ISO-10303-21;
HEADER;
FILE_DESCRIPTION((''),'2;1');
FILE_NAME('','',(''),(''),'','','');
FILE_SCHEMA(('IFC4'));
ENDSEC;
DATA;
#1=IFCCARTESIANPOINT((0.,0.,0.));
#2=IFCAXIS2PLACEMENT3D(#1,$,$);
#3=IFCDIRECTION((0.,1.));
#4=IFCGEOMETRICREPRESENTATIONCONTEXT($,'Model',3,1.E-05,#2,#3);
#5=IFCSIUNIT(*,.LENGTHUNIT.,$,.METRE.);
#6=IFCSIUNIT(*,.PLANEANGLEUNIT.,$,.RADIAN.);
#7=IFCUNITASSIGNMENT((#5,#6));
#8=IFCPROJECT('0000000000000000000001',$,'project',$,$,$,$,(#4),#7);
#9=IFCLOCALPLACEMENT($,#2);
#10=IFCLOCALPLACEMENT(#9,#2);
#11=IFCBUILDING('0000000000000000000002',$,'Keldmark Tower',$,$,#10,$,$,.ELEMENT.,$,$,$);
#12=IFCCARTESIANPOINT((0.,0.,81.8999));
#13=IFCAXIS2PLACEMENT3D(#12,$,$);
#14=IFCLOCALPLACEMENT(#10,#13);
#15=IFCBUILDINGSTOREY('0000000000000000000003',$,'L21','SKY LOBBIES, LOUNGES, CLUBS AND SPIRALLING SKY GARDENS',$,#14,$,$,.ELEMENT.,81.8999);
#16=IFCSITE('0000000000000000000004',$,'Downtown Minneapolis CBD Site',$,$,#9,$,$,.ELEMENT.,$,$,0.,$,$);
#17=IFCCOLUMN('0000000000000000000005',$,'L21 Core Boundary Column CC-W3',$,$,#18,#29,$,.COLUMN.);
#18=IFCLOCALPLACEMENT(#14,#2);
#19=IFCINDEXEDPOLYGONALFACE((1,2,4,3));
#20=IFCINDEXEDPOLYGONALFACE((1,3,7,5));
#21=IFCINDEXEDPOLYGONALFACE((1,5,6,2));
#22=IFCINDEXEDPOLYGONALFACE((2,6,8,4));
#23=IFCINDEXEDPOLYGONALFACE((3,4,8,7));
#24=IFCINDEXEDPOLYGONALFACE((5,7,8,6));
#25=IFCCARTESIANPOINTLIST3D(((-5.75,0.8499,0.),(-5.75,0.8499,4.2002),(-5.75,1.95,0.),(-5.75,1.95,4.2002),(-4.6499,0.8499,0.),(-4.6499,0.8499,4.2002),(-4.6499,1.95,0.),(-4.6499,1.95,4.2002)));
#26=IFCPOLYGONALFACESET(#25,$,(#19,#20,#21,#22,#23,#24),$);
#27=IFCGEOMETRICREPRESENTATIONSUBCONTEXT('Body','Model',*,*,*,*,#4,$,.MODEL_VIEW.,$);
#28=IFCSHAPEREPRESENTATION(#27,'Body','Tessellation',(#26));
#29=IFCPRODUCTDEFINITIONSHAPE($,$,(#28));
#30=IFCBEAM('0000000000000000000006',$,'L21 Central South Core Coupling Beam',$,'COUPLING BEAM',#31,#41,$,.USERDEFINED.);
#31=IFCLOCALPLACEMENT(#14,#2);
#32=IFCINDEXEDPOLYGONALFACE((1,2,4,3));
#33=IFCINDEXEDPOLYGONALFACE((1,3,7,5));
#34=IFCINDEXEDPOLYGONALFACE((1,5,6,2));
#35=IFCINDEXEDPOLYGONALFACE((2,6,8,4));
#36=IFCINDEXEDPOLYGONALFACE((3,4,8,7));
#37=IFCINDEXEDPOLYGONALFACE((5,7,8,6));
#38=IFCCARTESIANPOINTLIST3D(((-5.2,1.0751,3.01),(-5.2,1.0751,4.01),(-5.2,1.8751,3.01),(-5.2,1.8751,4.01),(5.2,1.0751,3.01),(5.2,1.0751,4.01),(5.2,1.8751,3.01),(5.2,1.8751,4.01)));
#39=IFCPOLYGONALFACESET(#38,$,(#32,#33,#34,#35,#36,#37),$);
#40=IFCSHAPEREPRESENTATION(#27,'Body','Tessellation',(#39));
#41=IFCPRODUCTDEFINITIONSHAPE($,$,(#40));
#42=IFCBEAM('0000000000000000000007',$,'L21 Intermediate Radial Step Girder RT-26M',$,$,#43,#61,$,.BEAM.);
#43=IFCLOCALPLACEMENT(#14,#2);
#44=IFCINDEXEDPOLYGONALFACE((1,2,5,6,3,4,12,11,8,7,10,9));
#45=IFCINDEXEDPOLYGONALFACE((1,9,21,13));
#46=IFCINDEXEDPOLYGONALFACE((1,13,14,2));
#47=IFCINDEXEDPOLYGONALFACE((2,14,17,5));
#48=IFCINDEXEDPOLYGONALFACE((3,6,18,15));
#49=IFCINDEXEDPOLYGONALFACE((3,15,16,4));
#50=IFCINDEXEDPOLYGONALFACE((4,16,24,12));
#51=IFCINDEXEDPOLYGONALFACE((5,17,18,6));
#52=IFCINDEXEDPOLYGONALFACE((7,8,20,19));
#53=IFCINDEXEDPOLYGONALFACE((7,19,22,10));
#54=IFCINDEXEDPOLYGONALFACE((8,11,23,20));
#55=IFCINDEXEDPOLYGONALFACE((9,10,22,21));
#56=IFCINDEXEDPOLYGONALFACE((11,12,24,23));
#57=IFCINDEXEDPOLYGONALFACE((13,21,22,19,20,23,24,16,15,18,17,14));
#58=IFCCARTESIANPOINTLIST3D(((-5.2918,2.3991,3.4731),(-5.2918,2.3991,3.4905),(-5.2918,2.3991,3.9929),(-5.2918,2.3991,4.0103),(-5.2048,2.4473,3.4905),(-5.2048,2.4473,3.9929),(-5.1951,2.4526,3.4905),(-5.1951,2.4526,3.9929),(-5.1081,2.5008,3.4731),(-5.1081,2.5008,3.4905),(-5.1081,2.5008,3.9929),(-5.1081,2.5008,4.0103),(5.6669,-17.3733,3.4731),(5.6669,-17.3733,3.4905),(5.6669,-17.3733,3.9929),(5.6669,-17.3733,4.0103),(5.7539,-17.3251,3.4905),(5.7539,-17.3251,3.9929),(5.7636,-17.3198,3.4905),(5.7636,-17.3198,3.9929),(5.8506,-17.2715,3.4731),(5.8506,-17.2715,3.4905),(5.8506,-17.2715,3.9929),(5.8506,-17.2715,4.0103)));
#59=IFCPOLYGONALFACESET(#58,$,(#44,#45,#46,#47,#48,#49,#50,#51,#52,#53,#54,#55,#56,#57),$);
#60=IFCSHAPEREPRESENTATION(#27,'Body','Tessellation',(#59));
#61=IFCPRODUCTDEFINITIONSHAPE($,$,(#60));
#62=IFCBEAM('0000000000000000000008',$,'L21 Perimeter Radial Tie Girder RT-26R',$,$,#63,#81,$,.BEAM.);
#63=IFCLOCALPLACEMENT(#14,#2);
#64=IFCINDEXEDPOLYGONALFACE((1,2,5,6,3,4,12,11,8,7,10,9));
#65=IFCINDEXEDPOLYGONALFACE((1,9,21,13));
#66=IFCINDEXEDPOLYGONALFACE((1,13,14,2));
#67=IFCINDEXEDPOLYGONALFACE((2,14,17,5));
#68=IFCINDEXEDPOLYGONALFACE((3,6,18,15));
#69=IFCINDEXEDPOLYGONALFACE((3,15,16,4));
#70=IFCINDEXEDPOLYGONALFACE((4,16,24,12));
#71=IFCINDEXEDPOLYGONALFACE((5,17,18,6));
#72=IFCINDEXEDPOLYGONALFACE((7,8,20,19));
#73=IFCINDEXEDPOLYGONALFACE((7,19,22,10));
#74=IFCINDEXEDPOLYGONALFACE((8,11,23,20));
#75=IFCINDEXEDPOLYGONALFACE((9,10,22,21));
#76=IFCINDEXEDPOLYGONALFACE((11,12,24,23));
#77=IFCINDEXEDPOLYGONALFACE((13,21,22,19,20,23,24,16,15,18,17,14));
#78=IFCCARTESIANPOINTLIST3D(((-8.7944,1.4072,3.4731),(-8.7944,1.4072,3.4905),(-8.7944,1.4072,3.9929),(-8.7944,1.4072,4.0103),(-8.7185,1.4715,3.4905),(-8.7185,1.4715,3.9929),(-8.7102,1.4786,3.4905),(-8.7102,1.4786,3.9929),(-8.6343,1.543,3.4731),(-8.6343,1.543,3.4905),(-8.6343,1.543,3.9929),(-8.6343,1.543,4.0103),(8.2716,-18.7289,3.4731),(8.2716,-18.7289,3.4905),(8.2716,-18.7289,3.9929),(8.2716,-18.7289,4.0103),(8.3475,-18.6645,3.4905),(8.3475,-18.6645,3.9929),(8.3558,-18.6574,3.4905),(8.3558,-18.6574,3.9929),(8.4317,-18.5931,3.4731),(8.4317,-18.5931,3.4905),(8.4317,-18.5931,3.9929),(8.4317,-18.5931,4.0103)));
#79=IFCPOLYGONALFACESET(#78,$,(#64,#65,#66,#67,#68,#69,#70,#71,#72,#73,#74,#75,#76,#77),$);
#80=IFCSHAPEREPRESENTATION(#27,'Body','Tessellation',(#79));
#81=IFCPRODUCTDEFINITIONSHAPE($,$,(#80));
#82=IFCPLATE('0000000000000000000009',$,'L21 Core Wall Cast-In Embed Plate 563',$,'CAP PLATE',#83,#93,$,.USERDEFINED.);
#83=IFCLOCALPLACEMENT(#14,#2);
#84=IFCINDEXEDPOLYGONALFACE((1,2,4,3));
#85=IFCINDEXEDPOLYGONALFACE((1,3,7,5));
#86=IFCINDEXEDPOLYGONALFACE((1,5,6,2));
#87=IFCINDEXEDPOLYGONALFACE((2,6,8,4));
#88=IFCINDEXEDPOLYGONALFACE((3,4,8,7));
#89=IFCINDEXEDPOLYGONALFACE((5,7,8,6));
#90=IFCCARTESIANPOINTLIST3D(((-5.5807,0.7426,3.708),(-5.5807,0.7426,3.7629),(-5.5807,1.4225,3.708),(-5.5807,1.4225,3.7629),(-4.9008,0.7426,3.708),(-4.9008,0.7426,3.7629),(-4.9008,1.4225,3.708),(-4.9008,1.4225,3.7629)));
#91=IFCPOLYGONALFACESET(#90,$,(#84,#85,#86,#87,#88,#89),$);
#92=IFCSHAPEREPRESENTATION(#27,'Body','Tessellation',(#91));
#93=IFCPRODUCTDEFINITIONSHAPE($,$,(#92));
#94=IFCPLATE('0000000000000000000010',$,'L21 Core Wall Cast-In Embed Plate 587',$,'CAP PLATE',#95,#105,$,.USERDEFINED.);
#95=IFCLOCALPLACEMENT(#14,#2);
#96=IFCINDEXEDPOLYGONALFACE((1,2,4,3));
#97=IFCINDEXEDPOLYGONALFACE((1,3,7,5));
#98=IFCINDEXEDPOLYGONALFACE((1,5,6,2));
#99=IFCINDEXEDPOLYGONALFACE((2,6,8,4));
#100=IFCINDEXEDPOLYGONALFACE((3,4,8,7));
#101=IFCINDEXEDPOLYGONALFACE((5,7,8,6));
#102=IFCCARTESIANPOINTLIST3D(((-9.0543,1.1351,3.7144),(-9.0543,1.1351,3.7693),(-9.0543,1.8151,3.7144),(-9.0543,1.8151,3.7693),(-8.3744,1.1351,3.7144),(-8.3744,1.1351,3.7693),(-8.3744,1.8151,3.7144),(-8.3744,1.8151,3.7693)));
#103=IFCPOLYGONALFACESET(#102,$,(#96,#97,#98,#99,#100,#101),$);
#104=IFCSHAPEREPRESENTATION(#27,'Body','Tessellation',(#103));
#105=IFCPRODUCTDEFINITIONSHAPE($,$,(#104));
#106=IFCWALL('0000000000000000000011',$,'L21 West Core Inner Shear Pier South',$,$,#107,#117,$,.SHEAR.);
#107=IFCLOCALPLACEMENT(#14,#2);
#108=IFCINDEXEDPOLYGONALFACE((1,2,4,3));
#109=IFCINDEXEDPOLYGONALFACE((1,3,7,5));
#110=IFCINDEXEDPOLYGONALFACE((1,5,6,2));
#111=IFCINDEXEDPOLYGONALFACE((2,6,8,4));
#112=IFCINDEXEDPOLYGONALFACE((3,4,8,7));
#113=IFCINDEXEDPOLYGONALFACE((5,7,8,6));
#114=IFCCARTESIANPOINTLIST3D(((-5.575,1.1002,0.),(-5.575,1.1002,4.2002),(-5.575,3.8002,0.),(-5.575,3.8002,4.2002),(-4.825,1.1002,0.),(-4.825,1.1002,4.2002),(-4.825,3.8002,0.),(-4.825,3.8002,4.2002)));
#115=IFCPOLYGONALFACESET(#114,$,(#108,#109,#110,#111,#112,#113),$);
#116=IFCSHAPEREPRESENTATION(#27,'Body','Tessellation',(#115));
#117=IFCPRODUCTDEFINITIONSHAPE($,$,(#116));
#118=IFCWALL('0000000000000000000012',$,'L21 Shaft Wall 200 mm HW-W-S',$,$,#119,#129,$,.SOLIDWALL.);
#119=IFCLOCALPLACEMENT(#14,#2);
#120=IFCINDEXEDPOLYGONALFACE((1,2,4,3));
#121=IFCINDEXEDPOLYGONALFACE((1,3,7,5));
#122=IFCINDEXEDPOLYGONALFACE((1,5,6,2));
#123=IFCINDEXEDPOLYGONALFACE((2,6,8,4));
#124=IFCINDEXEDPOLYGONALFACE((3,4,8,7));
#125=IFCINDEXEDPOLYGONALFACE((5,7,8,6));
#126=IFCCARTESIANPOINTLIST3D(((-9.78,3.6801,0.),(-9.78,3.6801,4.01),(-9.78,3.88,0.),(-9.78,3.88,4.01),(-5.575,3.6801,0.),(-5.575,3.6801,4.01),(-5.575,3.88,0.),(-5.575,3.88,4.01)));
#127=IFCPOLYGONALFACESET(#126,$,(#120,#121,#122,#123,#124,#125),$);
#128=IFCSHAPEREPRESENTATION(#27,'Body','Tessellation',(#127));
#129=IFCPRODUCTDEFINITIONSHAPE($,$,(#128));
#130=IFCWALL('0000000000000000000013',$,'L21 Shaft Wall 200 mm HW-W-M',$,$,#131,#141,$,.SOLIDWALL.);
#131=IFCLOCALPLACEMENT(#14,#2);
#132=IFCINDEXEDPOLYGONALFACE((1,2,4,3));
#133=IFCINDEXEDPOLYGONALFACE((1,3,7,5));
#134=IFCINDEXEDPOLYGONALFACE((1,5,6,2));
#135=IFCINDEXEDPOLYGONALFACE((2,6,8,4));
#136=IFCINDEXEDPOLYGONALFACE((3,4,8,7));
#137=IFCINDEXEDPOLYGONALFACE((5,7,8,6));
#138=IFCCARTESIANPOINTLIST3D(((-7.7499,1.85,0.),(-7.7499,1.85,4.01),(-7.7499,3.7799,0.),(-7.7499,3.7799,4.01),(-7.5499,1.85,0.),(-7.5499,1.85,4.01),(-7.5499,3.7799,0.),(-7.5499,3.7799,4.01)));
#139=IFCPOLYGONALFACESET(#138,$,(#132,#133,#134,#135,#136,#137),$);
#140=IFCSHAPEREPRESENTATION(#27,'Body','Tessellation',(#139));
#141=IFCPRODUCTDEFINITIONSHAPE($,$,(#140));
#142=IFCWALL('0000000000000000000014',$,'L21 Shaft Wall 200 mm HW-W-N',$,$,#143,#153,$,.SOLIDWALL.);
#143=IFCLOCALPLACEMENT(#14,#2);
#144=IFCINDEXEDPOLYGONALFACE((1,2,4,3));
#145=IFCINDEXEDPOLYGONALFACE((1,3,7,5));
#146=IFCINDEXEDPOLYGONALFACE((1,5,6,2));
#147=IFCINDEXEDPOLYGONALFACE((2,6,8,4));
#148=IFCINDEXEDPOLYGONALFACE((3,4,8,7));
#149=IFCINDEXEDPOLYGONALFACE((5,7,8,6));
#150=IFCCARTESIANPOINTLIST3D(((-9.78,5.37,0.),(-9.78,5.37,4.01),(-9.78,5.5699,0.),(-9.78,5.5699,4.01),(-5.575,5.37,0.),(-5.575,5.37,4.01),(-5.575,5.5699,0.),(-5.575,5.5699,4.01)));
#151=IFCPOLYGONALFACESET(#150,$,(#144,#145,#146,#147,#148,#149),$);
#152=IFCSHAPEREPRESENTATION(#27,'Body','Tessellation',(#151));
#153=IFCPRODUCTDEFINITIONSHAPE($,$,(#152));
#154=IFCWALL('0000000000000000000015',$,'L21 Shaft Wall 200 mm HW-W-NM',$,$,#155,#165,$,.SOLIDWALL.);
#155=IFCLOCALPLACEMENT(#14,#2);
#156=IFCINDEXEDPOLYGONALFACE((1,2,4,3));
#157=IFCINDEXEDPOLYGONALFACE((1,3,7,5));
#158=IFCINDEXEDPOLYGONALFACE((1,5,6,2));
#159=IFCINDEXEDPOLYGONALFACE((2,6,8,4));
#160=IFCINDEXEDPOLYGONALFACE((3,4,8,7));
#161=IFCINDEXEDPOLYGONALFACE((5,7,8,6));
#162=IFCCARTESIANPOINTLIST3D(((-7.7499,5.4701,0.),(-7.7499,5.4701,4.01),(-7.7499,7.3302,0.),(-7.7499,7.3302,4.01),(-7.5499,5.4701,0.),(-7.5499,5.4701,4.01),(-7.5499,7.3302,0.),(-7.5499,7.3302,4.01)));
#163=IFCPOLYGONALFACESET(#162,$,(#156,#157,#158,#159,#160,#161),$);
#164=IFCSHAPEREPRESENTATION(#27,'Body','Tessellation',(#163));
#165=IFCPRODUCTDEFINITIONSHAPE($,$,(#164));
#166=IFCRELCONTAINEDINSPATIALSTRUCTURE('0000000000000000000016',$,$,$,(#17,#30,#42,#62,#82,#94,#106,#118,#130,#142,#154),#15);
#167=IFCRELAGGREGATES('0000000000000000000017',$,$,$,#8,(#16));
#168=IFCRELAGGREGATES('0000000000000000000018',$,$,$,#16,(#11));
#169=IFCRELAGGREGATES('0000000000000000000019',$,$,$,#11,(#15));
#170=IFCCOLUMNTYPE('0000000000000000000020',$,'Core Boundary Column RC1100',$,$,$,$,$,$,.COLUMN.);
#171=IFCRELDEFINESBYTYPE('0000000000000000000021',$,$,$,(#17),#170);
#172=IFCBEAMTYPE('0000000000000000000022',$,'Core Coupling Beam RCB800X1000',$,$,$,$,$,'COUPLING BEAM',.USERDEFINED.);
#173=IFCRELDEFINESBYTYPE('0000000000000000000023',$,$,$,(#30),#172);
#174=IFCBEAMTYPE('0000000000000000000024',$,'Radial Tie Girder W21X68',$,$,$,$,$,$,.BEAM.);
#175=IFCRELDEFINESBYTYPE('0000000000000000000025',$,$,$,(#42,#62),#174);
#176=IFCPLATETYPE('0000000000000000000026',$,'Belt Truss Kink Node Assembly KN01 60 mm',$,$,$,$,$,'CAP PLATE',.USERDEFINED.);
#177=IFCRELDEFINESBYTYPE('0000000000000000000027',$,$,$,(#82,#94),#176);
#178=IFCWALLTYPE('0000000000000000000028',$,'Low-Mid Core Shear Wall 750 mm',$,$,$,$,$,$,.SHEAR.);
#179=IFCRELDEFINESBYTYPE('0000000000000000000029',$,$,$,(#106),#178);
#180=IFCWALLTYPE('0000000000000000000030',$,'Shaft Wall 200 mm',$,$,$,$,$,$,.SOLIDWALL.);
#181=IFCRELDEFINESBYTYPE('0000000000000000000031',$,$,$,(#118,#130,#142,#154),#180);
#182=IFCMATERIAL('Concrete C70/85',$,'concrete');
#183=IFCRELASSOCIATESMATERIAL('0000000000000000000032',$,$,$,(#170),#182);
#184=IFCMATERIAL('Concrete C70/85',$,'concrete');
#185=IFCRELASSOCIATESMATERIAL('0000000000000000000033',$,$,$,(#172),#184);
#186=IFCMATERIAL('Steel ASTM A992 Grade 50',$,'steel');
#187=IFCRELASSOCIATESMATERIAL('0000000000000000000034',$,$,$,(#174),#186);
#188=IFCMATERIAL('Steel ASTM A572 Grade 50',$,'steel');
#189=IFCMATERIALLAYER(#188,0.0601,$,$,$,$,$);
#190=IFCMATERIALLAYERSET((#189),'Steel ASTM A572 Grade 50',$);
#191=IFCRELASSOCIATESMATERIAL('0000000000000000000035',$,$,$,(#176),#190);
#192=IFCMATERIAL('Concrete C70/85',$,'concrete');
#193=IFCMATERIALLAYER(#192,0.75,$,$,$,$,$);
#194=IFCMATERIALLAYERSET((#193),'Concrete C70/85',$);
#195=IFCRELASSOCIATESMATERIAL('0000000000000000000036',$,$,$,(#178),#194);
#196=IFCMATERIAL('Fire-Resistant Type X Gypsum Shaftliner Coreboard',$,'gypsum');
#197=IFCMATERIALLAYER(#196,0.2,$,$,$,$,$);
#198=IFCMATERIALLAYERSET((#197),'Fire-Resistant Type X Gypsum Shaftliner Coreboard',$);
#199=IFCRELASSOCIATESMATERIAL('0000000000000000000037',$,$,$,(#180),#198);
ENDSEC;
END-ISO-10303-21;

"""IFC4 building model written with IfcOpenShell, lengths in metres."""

from ifc_helpers import new_model, si_unit, direction, frame, frame_2d, origin, origin_2d, place, context, subcontext, project, spatial, rectangle, i_section, extrude, material, layer, layer_set, material_profile, profile_set, type_object, element, save


model = new_model("IFC4")

# Units and contexts
model_context = context("Model", 3, precision=1e-05, world=origin(), true_north=direction((0.0, 1.0)))
body_context = subcontext(model_context, "Body", "Model", "MODEL_VIEW")
ifc_project = project(units=[si_unit("LENGTHUNIT", "METRE"), si_unit("PLANEANGLEUNIT", "RADIAN")], contexts=[model_context])

# Site, building, storey
site_placement = place(None, origin())
site = spatial("IfcSite", under=ifc_project, at=site_placement, Name="Downtown Minneapolis CBD Site", CompositionType="ELEMENT", RefElevation=0.0)
building_placement = place(site_placement, origin())
building = spatial("IfcBuilding", under=site, at=building_placement, Name="Keldmark Tower", CompositionType="ELEMENT")
storey_placement = place(building_placement, frame((0.0, 0.0, 81.8999)))
storey = spatial("IfcBuildingStorey", under=building, at=storey_placement, Name="L21", Description="SKY LOBBIES, LOUNGES, CLUBS AND SPIRALLING SKY GARDENS", CompositionType="ELEMENT", Elevation=81.8999)

# Column
ifc_material_1 = material(Name="Concrete C70/85", Category="concrete")
ifc_material_profile_1 = material_profile(ifc_material_1, rectangle(XDim=1.1001, YDim=1.1001, at=origin_2d()), Name="RC1100X1100")
ifc_profile_set_1 = profile_set([ifc_material_profile_1], Name="Concrete C70/85")
column_type = type_object("IfcColumnType", Name="Core Boundary Column RC1100", PredefinedType="COLUMN", material=ifc_profile_set_1)
column_placement = place(storey_placement, frame((-5.2, 1.3999, 0.0), z_axis=(0.0, 0.0, 1.0), x_axis=(1.0, 0.0, 0.0)))
element("IfcColumn", 1, at=column_placement, inside=storey, type_object=column_type, Name="L21 Core Boundary Column CC-W3", PredefinedType="COLUMN", context=body_context, shape_type="SweptSolid", body=[
    extrude(rectangle(XDim=1.1001, YDim=1.1001, at=origin_2d()), origin(), (0.0, 0.0, 1.0), 4.2002),
])

# Beams
ifc_material_2 = material(Name="Concrete C70/85", Category="concrete")
ifc_material_profile_2 = material_profile(ifc_material_2, rectangle(XDim=0.8, YDim=1.0, at=origin_2d()), Name="RCB800X1000")
ifc_profile_set_2 = profile_set([ifc_material_profile_2], Name="Concrete C70/85")
beam_type_1 = type_object("IfcBeamType", Name="Core Coupling Beam RCB800X1000", ElementType="COUPLING BEAM", PredefinedType="USERDEFINED", material=ifc_profile_set_2)
beam_1_placement = place(storey_placement, frame((-5.2, 1.4751, 3.51), z_axis=(1.0, 0.0, 0.0), x_axis=(0.0, 1.0, 0.0)))
element("IfcBeam", 2, at=beam_1_placement, inside=storey, type_object=beam_type_1, Name="L21 Central South Core Coupling Beam", ObjectType="COUPLING BEAM", PredefinedType="USERDEFINED", context=body_context, shape_type="SweptSolid", body=[
    extrude(rectangle(XDim=0.8, YDim=1.0, at=origin_2d()), origin(), (0.0, 0.0, 1.0), 10.3999),
])
ifc_material_3 = material(Name="Steel ASTM A992 Grade 50", Category="steel")
ifc_material_profile_3 = material_profile(ifc_material_3, i_section(OverallWidth=0.21, OverallDepth=0.5371, WebThickness=0.011, FlangeThickness=0.0173, at=origin_2d()), Name="W21X68")
ifc_profile_set_3 = profile_set([ifc_material_profile_3], Name="Steel ASTM A992 Grade 50")
beam_type_2 = type_object("IfcBeamType", Name="Radial Tie Girder W21X68", PredefinedType="BEAM", material=ifc_profile_set_3)
beam_2_placement = place(storey_placement, frame((-5.2, 2.45, 3.7417), z_axis=(0.484765, -0.874644, 0.0), x_axis=(0.874644, 0.484765, 0.0)))
element("IfcBeam", 3, at=beam_2_placement, inside=storey, type_object=beam_type_2, Name="L21 Intermediate Radial Step Girder RT-26M", PredefinedType="BEAM", context=body_context, shape_type="SweptSolid", body=[
    extrude(i_section(OverallWidth=0.21, OverallDepth=0.5371, WebThickness=0.011, FlangeThickness=0.0173, at=origin_2d()), origin(), (0.0, 0.0, 1.0), 22.6062),
])
beam_3_placement = place(storey_placement, frame((-8.7144, 1.4751, 3.7417), z_axis=(0.646555, -0.762867, 0.0), x_axis=(0.762867, 0.646555, 0.0)))
element("IfcBeam", 4, at=beam_3_placement, inside=storey, type_object=beam_type_2, Name="L21 Perimeter Radial Tie Girder RT-26R", PredefinedType="BEAM", context=body_context, shape_type="SweptSolid", body=[
    extrude(i_section(OverallWidth=0.21, OverallDepth=0.5371, WebThickness=0.011, FlangeThickness=0.0173, at=origin_2d()), origin(), (0.0, 0.0, 1.0), 26.3953),
])

# Plates
ifc_material_4 = material(Name="Steel ASTM A572 Grade 50", Category="steel")
ifc_layer_1 = layer(ifc_material_4, 0.0601)
ifc_layer_set_1 = layer_set([ifc_layer_1], Name="Steel ASTM A572 Grade 50")
plate_type = type_object("IfcPlateType", Name="Belt Truss Kink Node Assembly KN01 60 mm", ElementType="CAP PLATE", PredefinedType="USERDEFINED", material=ifc_layer_set_1)
for number, where, z_axis, x_axis, name in (
    (5, (-5.2407, 1.0825, 3.708), (0.0, 0.0, 1.0), (1.0, 0.0, 0.0), "L21 Core Wall Cast-In Embed Plate 563"),
    (6, (-8.7144, 1.4751, 3.7144), (0.0, 0.0, 1.0), (1.0, 0.0, 0.0), "L21 Core Wall Cast-In Embed Plate 587"),
):
    element("IfcPlate", number, at=place(storey_placement, frame(where, z_axis=z_axis, x_axis=x_axis)), inside=storey, type_object=plate_type, Name=name, ObjectType="CAP PLATE", PredefinedType="USERDEFINED", context=body_context, shape_type="SweptSolid", body=[
        extrude(rectangle(XDim=0.6799, YDim=0.6799, at=origin_2d()), origin(), (0.0, 0.0, 1.0), 0.0549),
    ])

# Walls
ifc_material_5 = material(Name="Concrete C70/85", Category="concrete")
ifc_layer_2 = layer(ifc_material_5, 0.75)
ifc_layer_set_2 = layer_set([ifc_layer_2], Name="Concrete C70/85")
wall_type_1 = type_object("IfcWallType", Name="Low-Mid Core Shear Wall 750 mm", PredefinedType="SHEAR", material=ifc_layer_set_2)
wall_1_placement = place(storey_placement, frame((-5.2, 1.1001, 0.0), z_axis=(0.0, 0.0, 1.0), x_axis=(0.0, 1.0, 0.0)))
element("IfcWall", 7, at=wall_1_placement, inside=storey, type_object=wall_type_1, Name="L21 West Core Inner Shear Pier South", PredefinedType="SHEAR", context=body_context, shape_type="SweptSolid", body=[
    extrude(rectangle(XDim=2.7, YDim=0.75, at=frame_2d((1.3501, 0.0))), origin(), (0.0, 0.0, 1.0), 4.2002),
])
ifc_material_6 = material(Name="Fire-Resistant Type X Gypsum Shaftliner Coreboard", Category="gypsum")
ifc_layer_3 = layer(ifc_material_6, 0.2)
ifc_layer_set_3 = layer_set([ifc_layer_3], Name="Fire-Resistant Type X Gypsum Shaftliner Coreboard")
wall_type_2 = type_object("IfcWallType", Name="Shaft Wall 200 mm", PredefinedType="SOLIDWALL", material=ifc_layer_set_3)
wall_2_placement = place(storey_placement, frame((-9.78, 3.78, 0.0), z_axis=(0.0, 0.0, 1.0), x_axis=(1.0, 0.0, 0.0)))
element("IfcWall", 8, at=wall_2_placement, inside=storey, type_object=wall_type_2, Name="L21 Shaft Wall 200 mm HW-W-S", PredefinedType="SOLIDWALL", context=body_context, shape_type="SweptSolid", body=[
    extrude(rectangle(XDim=4.2051, YDim=0.2, at=frame_2d((2.1025, 0.0))), origin(), (0.0, 0.0, 1.0), 4.01),
])
wall_3_placement = place(storey_placement, frame((-7.6499, 1.8501, 0.0), z_axis=(0.0, 0.0, 1.0), x_axis=(0.0, 1.0, 0.0)))
element("IfcWall", 9, at=wall_3_placement, inside=storey, type_object=wall_type_2, Name="L21 Shaft Wall 200 mm HW-W-M", PredefinedType="SOLIDWALL", context=body_context, shape_type="SweptSolid", body=[
    extrude(rectangle(XDim=1.9299, YDim=0.2, at=frame_2d((0.9648, 0.0))), origin(), (0.0, 0.0, 1.0), 4.01),
])
wall_4_placement = place(storey_placement, frame((-9.78, 5.47, 0.0), z_axis=(0.0, 0.0, 1.0), x_axis=(1.0, 0.0, 0.0)))
element("IfcWall", 10, at=wall_4_placement, inside=storey, type_object=wall_type_2, Name="L21 Shaft Wall 200 mm HW-W-N", PredefinedType="SOLIDWALL", context=body_context, shape_type="SweptSolid", body=[
    extrude(rectangle(XDim=4.2051, YDim=0.2, at=frame_2d((2.1025, 0.0))), origin(), (0.0, 0.0, 1.0), 4.01),
])
wall_5_placement = place(storey_placement, frame((-7.6499, 5.47, 0.0), z_axis=(0.0, 0.0, 1.0), x_axis=(0.0, 1.0, 0.0)))
element("IfcWall", 11, at=wall_5_placement, inside=storey, type_object=wall_type_2, Name="L21 Shaft Wall 200 mm HW-W-NM", PredefinedType="SOLIDWALL", context=body_context, shape_type="SweptSolid", body=[
    extrude(rectangle(XDim=1.8601, YDim=0.2, at=frame_2d((0.9302, 0.0))), origin(), (0.0, 0.0, 1.0), 4.01),
])

save(model, "model.ifc")
